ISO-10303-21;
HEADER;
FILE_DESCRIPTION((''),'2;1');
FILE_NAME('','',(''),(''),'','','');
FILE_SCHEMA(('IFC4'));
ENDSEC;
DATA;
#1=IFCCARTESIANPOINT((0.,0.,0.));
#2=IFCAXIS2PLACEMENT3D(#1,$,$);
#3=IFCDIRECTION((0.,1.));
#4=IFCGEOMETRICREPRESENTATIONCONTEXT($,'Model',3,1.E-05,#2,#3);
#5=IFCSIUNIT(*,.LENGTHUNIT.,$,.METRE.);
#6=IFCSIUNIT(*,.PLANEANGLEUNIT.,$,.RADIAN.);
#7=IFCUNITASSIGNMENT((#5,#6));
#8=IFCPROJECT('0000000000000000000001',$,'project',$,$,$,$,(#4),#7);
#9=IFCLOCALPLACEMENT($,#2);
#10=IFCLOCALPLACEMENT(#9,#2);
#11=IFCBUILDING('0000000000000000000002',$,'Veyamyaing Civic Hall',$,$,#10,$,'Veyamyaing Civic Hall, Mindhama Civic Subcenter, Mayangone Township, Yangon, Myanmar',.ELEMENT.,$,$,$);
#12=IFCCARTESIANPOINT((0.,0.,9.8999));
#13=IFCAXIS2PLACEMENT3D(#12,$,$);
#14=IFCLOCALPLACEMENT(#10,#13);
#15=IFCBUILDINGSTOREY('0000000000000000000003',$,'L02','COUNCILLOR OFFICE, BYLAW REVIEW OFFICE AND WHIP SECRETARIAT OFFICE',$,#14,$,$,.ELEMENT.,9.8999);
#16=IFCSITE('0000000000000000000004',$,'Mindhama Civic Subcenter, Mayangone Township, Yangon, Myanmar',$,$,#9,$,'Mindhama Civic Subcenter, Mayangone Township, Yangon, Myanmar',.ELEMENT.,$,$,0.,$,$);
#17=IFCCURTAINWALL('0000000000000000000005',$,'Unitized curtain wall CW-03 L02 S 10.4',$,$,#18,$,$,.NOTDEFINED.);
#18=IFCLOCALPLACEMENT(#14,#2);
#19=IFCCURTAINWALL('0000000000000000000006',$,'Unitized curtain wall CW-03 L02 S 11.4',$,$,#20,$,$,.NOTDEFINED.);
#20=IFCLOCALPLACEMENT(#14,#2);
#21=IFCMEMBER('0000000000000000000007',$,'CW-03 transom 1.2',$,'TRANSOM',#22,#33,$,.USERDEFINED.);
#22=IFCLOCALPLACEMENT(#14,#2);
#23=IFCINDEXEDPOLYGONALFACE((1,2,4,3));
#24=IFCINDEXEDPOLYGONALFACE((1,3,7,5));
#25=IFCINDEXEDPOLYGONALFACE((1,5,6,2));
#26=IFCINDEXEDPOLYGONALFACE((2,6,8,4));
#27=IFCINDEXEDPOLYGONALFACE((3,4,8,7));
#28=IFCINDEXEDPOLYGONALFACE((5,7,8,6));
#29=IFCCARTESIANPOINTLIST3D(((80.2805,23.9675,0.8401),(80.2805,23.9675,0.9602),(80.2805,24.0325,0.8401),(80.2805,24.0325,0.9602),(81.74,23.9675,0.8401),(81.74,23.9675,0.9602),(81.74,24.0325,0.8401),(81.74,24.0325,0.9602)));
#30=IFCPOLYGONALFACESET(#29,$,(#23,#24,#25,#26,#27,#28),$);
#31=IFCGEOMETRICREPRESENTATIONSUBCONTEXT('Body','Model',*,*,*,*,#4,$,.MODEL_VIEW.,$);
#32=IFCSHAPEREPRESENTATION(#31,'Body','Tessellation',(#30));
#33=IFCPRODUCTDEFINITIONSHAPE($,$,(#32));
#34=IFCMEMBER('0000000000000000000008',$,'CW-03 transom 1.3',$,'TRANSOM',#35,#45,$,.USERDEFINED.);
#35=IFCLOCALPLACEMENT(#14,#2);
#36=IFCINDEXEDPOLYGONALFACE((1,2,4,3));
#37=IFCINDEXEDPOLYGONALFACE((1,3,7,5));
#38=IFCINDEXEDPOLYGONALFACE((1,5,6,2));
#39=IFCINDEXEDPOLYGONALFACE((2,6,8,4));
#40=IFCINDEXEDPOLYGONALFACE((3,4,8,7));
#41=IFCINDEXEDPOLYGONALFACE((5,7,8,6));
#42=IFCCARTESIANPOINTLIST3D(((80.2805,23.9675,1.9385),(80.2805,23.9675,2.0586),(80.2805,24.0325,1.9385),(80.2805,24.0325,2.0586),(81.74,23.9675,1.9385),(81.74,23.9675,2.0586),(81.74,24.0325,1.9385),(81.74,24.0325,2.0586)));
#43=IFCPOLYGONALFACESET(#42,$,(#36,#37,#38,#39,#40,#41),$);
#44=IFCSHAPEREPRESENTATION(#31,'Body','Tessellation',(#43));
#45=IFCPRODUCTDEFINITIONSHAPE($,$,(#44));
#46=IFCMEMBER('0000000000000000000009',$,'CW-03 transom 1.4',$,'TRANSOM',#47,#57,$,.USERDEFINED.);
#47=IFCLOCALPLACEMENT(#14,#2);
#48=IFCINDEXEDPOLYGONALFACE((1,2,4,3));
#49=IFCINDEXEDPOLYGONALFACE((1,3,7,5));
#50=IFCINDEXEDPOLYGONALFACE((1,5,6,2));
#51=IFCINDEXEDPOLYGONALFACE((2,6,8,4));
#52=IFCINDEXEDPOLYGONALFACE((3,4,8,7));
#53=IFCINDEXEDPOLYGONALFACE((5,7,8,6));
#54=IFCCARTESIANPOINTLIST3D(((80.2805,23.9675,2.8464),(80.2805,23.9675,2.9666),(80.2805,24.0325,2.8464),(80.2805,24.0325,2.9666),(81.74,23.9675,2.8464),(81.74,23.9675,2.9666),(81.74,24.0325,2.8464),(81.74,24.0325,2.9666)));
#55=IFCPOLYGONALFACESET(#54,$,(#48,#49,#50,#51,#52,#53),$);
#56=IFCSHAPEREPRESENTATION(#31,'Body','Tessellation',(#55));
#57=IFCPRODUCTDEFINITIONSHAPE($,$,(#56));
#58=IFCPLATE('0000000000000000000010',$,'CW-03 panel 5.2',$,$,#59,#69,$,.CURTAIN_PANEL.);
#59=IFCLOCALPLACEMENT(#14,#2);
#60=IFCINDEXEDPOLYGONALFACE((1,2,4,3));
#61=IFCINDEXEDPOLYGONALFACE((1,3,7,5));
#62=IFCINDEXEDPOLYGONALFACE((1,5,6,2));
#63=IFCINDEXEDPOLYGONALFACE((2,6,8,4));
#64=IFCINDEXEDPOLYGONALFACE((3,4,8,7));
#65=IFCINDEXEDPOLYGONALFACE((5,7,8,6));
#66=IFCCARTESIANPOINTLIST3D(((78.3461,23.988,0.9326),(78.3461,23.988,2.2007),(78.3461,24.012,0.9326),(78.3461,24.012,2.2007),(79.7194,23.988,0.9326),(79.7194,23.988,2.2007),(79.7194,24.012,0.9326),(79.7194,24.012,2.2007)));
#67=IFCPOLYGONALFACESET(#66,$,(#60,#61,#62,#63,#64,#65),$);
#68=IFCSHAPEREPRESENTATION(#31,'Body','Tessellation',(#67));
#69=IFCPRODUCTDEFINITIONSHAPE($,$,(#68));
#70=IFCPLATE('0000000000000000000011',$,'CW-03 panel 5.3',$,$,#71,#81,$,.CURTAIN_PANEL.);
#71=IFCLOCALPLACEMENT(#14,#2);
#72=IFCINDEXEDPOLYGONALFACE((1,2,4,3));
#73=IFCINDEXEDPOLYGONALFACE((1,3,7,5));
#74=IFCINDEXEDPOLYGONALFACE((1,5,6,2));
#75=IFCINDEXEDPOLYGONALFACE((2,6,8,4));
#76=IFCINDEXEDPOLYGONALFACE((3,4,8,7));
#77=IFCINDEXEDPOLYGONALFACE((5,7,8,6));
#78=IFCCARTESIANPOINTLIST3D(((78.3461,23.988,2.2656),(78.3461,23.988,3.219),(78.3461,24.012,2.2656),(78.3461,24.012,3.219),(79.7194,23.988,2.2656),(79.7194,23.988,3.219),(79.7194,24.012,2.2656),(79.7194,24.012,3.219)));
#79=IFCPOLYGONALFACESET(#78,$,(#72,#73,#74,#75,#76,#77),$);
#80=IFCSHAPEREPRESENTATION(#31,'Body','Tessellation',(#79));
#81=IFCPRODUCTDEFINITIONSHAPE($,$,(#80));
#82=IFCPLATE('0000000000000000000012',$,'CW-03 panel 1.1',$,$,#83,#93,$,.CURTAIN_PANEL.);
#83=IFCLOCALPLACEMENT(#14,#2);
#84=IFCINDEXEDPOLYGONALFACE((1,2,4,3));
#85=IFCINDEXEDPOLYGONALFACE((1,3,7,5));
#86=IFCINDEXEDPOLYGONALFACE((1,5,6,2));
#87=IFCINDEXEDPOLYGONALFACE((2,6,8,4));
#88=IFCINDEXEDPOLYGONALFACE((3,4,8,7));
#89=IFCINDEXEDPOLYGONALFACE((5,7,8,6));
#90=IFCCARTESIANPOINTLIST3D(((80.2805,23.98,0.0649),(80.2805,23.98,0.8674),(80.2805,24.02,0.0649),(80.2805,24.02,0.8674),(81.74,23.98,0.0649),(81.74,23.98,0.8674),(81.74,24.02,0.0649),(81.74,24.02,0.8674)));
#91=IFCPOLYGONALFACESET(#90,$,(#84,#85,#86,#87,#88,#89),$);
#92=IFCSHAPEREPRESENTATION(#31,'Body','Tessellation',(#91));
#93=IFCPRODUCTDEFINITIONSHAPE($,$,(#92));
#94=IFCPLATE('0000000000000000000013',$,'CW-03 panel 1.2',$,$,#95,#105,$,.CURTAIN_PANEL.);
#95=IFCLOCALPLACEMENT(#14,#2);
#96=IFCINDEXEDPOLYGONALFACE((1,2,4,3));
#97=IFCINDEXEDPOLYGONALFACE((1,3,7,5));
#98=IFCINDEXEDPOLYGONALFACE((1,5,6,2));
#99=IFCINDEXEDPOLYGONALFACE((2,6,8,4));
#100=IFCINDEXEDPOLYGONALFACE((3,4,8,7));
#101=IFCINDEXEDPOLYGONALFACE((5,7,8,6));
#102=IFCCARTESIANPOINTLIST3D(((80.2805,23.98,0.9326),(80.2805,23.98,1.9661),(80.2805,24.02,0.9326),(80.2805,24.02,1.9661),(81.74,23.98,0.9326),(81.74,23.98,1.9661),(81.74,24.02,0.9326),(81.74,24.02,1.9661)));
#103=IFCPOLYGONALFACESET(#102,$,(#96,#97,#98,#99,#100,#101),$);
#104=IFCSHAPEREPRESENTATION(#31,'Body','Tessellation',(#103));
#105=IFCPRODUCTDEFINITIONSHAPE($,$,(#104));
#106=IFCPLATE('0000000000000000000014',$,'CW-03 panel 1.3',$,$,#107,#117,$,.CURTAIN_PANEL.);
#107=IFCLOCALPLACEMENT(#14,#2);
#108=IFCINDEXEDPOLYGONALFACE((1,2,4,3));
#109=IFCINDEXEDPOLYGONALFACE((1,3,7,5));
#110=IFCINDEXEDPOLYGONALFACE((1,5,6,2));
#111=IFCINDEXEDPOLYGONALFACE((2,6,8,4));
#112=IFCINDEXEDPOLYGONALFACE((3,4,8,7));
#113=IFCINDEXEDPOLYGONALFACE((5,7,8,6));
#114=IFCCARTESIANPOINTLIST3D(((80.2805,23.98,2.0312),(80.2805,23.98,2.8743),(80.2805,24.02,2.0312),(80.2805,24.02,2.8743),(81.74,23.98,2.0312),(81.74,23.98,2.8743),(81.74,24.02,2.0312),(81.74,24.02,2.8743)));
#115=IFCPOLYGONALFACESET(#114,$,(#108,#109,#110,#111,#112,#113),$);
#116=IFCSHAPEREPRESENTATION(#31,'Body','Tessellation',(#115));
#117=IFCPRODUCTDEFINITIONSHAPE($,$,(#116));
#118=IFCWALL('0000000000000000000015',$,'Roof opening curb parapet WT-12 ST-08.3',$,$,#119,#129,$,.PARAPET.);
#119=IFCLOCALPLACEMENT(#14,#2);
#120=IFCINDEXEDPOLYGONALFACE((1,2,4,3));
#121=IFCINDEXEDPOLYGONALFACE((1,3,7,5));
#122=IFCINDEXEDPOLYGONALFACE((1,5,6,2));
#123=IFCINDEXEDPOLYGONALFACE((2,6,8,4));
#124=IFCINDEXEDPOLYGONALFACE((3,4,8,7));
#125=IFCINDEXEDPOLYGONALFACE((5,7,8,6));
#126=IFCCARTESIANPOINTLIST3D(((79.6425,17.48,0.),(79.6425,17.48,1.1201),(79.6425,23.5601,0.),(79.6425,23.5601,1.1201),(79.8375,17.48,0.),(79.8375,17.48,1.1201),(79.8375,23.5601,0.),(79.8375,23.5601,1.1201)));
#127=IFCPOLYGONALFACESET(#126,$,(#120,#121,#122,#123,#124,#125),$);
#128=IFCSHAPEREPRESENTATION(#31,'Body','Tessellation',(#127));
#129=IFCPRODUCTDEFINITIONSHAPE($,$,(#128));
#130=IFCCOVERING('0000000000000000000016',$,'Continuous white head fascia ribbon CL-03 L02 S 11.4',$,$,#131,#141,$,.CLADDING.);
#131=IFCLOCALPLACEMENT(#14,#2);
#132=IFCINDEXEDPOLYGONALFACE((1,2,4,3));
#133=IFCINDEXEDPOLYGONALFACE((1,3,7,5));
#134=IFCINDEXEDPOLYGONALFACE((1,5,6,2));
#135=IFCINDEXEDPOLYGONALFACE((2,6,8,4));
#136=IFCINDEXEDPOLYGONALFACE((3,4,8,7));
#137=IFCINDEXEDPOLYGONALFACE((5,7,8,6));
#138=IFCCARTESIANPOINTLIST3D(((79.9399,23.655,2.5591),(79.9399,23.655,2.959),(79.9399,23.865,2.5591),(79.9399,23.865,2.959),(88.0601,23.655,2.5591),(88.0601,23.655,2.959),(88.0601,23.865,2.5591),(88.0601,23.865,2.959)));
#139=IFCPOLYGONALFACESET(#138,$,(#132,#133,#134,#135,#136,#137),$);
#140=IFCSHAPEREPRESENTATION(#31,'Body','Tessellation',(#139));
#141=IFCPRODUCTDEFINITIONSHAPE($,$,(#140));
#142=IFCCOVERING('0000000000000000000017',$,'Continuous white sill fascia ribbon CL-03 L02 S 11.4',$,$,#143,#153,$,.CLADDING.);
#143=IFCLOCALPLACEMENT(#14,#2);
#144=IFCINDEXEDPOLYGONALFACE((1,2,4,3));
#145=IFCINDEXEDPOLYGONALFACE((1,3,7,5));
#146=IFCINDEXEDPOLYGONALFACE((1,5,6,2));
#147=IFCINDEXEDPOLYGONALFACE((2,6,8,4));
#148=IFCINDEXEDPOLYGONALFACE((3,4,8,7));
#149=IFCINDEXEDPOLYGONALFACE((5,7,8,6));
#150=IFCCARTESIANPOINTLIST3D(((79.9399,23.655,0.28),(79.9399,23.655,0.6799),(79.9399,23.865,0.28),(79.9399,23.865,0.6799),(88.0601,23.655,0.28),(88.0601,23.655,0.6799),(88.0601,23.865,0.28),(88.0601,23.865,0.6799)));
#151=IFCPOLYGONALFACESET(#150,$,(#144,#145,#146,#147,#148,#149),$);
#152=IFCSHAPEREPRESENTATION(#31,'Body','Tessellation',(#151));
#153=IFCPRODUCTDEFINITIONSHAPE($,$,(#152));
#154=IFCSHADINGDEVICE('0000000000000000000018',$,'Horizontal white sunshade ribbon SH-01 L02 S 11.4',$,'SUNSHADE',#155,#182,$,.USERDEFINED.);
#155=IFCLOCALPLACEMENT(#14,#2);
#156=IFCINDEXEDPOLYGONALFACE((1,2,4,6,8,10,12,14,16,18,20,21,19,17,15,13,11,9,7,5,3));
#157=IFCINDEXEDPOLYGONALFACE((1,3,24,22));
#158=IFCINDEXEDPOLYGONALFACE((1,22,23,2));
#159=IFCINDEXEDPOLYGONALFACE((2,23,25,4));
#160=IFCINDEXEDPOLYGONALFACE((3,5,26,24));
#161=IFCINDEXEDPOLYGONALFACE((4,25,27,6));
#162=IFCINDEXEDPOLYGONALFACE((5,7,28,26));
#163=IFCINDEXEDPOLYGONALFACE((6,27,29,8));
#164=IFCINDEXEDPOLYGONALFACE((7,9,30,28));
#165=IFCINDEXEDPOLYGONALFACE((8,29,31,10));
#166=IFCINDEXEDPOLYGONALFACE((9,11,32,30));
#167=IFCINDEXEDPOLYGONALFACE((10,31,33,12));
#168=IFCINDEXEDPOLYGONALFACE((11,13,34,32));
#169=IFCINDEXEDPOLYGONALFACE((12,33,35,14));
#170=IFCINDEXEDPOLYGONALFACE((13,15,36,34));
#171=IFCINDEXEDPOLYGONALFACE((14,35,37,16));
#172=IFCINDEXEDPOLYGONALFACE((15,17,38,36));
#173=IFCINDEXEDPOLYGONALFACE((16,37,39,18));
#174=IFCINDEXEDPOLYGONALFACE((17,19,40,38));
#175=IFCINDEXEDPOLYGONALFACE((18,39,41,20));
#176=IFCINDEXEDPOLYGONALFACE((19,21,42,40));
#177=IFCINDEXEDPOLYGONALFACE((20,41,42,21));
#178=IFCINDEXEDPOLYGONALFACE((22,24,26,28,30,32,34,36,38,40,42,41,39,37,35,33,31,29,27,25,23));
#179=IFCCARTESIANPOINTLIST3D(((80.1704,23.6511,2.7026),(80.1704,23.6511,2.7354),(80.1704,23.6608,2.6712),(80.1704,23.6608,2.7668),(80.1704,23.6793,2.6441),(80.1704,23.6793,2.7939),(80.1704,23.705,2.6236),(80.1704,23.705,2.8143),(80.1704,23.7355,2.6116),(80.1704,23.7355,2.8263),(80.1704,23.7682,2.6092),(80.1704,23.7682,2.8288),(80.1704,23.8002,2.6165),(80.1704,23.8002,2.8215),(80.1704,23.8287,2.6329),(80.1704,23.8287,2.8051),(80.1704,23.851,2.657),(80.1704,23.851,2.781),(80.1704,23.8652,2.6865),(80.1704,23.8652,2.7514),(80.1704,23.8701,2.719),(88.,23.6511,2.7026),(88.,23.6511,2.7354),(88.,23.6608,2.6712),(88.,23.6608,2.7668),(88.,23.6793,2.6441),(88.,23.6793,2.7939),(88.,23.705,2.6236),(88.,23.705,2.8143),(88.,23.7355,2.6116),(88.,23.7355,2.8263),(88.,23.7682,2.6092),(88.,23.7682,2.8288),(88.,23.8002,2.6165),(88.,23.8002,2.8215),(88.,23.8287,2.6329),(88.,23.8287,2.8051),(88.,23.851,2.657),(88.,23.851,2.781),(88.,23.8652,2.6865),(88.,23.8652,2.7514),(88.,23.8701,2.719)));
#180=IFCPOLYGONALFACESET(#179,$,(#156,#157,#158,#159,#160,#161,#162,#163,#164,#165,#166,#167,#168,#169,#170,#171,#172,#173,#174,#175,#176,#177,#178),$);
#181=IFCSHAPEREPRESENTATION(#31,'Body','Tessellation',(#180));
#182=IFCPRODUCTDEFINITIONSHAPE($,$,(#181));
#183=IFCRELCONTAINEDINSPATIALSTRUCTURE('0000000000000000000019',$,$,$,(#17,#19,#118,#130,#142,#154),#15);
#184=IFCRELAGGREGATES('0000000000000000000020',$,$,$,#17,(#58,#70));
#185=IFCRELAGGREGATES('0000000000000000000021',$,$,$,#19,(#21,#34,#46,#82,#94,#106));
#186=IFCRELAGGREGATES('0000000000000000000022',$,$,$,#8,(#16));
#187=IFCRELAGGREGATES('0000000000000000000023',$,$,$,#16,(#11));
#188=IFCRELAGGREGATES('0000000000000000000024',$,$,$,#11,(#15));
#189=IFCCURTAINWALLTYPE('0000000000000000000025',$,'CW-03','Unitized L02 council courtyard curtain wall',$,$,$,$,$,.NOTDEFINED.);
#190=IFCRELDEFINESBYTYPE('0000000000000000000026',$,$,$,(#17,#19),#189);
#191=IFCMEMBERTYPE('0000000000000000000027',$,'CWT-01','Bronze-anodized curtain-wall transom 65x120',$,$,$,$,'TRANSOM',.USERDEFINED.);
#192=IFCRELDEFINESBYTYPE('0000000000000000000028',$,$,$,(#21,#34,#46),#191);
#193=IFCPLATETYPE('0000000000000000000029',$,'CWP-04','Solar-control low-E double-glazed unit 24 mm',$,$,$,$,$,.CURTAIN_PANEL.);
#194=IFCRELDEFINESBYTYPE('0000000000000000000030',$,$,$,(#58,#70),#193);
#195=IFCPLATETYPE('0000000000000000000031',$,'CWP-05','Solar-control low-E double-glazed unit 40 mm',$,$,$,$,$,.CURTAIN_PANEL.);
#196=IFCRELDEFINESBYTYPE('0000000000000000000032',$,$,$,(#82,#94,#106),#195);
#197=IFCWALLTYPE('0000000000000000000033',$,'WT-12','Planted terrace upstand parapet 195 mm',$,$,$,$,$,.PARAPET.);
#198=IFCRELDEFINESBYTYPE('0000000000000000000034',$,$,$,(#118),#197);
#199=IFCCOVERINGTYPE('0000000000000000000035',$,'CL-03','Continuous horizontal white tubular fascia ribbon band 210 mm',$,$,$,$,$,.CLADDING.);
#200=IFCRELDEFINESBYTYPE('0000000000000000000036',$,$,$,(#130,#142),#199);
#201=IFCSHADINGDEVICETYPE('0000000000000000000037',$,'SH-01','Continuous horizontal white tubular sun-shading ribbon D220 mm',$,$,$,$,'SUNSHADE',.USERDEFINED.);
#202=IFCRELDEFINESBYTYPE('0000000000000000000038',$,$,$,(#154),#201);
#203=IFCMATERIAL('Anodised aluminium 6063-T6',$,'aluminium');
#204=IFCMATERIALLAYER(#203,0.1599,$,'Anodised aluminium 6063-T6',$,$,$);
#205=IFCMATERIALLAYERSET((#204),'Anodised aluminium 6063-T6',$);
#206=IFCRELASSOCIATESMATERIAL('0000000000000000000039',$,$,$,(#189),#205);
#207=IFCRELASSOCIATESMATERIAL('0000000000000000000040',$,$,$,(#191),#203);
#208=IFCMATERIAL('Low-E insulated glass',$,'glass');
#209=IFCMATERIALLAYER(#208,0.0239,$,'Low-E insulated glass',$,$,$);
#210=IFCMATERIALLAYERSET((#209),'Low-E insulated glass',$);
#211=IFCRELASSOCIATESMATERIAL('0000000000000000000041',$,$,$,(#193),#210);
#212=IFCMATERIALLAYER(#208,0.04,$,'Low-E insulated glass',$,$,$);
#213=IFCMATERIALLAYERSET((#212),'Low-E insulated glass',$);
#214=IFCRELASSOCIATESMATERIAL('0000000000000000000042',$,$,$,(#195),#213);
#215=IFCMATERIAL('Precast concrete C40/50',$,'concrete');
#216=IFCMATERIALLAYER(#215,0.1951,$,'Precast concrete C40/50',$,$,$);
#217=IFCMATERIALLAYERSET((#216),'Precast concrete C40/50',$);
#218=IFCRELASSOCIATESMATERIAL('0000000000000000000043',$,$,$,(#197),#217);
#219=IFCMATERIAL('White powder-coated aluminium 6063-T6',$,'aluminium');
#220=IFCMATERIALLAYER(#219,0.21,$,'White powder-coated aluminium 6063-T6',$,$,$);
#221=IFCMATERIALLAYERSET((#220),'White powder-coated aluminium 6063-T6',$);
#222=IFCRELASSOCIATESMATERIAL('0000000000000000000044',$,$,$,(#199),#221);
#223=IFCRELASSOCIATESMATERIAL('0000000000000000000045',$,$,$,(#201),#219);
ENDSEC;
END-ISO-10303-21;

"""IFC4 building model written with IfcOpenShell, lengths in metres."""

from ifc_helpers import new_model, si_unit, direction, frame, frame_2d, origin, origin_2d, place, context, subcontext, project, spatial, rectangle, circle, extrude, material, layer, layer_set, material_profile, profile_set, type_object, element, aggregate, save


model = new_model("IFC4")

# Units and contexts
model_context = context("Model", 3, precision=1e-05, world=origin(), true_north=direction((0.0, 1.0)))
body_context = subcontext(model_context, "Body", "Model", "MODEL_VIEW")
ifc_project = project(units=[si_unit("LENGTHUNIT", "METRE"), si_unit("PLANEANGLEUNIT", "RADIAN")], contexts=[model_context])

# Site, building, storey
site_placement = place(None, origin())
site = spatial("IfcSite", under=ifc_project, at=site_placement, Name="Mindhama Civic Subcenter, Mayangone Township, Yangon, Myanmar", LongName="Mindhama Civic Subcenter, Mayangone Township, Yangon, Myanmar", CompositionType="ELEMENT", RefElevation=0.0)
building_placement = place(site_placement, origin())
building = spatial("IfcBuilding", under=site, at=building_placement, Name="Veyamyaing Civic Hall", LongName="Veyamyaing Civic Hall, Mindhama Civic Subcenter, Mayangone Township, Yangon, Myanmar", CompositionType="ELEMENT")
storey_placement = place(building_placement, frame((0.0, 0.0, 9.8999)))
storey = spatial("IfcBuildingStorey", under=building, at=storey_placement, Name="L02", Description="COUNCILLOR OFFICE, BYLAW REVIEW OFFICE AND WHIP SECRETARIAT OFFICE", CompositionType="ELEMENT", Elevation=9.8999)

# Curtain wall
ifc_material_1 = material(Name="Anodised aluminium 6063-T6", Category="aluminium")
ifc_layer_1 = layer(ifc_material_1, 0.1599, Name="Anodised aluminium 6063-T6")
ifc_layer_set_1 = layer_set([ifc_layer_1], Name="Anodised aluminium 6063-T6")
curtain_wall_type = type_object("IfcCurtainWallType", Name="CW-03", Description="Unitized L02 council courtyard curtain wall", PredefinedType="NOTDEFINED", material=ifc_layer_set_1)
curtain_wall_1_placement = place(storey_placement, origin())
curtain_wall_1 = element("IfcCurtainWall", 1, at=curtain_wall_1_placement, inside=storey, type_object=curtain_wall_type, Name="Unitized curtain wall CW-03 L02 S 10.4", PredefinedType="NOTDEFINED")

# Curtain wall, members
curtain_wall_2_placement = place(storey_placement, origin())
curtain_wall_2 = element("IfcCurtainWall", 2, at=curtain_wall_2_placement, inside=storey, type_object=curtain_wall_type, Name="Unitized curtain wall CW-03 L02 S 11.4", PredefinedType="NOTDEFINED")
ifc_material_profile_1 = material_profile(ifc_material_1, rectangle(XDim=0.0649, YDim=0.1201, at=origin_2d()), Name="ALU-TRN-65X120")
ifc_profile_set_1 = profile_set([ifc_material_profile_1], Name="Anodised aluminium 6063-T6")
member_type_1 = type_object("IfcMemberType", Name="CWT-01", Description="Bronze-anodized curtain-wall transom 65x120", ElementType="TRANSOM", PredefinedType="USERDEFINED", material=ifc_profile_set_1)
member_1_placement = place(storey_placement, frame((80.2805, 24.0, 0.9001), z_axis=(1.0, 0.0, 0.0), x_axis=(0.0, 1.0, 0.0)))
member_1 = element("IfcMember", 3, at=member_1_placement, type_object=member_type_1, Name="CW-03 transom 1.2", ObjectType="TRANSOM", PredefinedType="USERDEFINED", context=body_context, shape_type="SweptSolid", body=[
    extrude(rectangle(XDim=0.0649, YDim=0.1201, at=origin_2d()), origin(), (0.0, 0.0, 1.0), 1.4595),
])
member_2_placement = place(storey_placement, frame((80.2805, 24.0, 1.9985), z_axis=(1.0, 0.0, 0.0), x_axis=(0.0, 1.0, 0.0)))
member_2 = element("IfcMember", 4, at=member_2_placement, type_object=member_type_1, Name="CW-03 transom 1.3", ObjectType="TRANSOM", PredefinedType="USERDEFINED", context=body_context, shape_type="SweptSolid", body=[
    extrude(rectangle(XDim=0.0649, YDim=0.1201, at=origin_2d()), origin(), (0.0, 0.0, 1.0), 1.4595),
])
member_3_placement = place(storey_placement, frame((80.2805, 24.0, 2.9065), z_axis=(1.0, 0.0, 0.0), x_axis=(0.0, 1.0, 0.0)))
member_3 = element("IfcMember", 5, at=member_3_placement, type_object=member_type_1, Name="CW-03 transom 1.4", ObjectType="TRANSOM", PredefinedType="USERDEFINED", context=body_context, shape_type="SweptSolid", body=[
    extrude(rectangle(XDim=0.0649, YDim=0.1201, at=origin_2d()), origin(), (0.0, 0.0, 1.0), 1.4595),
])

# Plates
ifc_material_2 = material(Name="Low-E insulated glass", Category="glass")
ifc_layer_2 = layer(ifc_material_2, 0.0239, Name="Low-E insulated glass")
ifc_layer_set_2 = layer_set([ifc_layer_2], Name="Low-E insulated glass")
plate_type_1 = type_object("IfcPlateType", Name="CWP-04", Description="Solar-control low-E double-glazed unit 24 mm", PredefinedType="CURTAIN_PANEL", material=ifc_layer_set_2)
plate_1_placement = place(storey_placement, frame((79.0327, 24.0, 0.9326), z_axis=(0.0, 0.0, 1.0), x_axis=(1.0, 0.0, 0.0)))
plate_1 = element("IfcPlate", 6, at=plate_1_placement, type_object=plate_type_1, Name="CW-03 panel 5.2", PredefinedType="CURTAIN_PANEL", context=body_context, shape_type="SweptSolid", body=[
    extrude(rectangle(XDim=1.3733, YDim=0.0239, at=origin_2d()), origin(), (0.0, 0.0, 1.0), 1.2681),
])
plate_2_placement = place(storey_placement, frame((79.0327, 24.0, 2.2656), z_axis=(0.0, 0.0, 1.0), x_axis=(1.0, 0.0, 0.0)))
plate_2 = element("IfcPlate", 7, at=plate_2_placement, type_object=plate_type_1, Name="CW-03 panel 5.3", PredefinedType="CURTAIN_PANEL", context=body_context, shape_type="SweptSolid", body=[
    extrude(rectangle(XDim=1.3733, YDim=0.0239, at=origin_2d()), origin(), (0.0, 0.0, 1.0), 0.9534),
])
aggregate(curtain_wall_1, [plate_1, plate_2])
ifc_layer_3 = layer(ifc_material_2, 0.04, Name="Low-E insulated glass")
ifc_layer_set_3 = layer_set([ifc_layer_3], Name="Low-E insulated glass")
plate_type_2 = type_object("IfcPlateType", Name="CWP-05", Description="Solar-control low-E double-glazed unit 40 mm", PredefinedType="CURTAIN_PANEL", material=ifc_layer_set_3)
plate_3_placement = place(storey_placement, frame((81.0103, 24.0, 0.0649), z_axis=(0.0, 0.0, 1.0), x_axis=(1.0, 0.0, 0.0)))
plate_3 = element("IfcPlate", 8, at=plate_3_placement, type_object=plate_type_2, Name="CW-03 panel 1.1", PredefinedType="CURTAIN_PANEL", context=body_context, shape_type="SweptSolid", body=[
    extrude(rectangle(XDim=1.4595, YDim=0.04, at=origin_2d()), origin(), (0.0, 0.0, 1.0), 0.8025),
])
plate_4_placement = place(storey_placement, frame((81.0103, 24.0, 0.9326), z_axis=(0.0, 0.0, 1.0), x_axis=(1.0, 0.0, 0.0)))
plate_4 = element("IfcPlate", 9, at=plate_4_placement, type_object=plate_type_2, Name="CW-03 panel 1.2", PredefinedType="CURTAIN_PANEL", context=body_context, shape_type="SweptSolid", body=[
    extrude(rectangle(XDim=1.4595, YDim=0.04, at=origin_2d()), origin(), (0.0, 0.0, 1.0), 1.0334),
])
plate_5_placement = place(storey_placement, frame((81.0103, 24.0, 2.0312), z_axis=(0.0, 0.0, 1.0), x_axis=(1.0, 0.0, 0.0)))
plate_5 = element("IfcPlate", 10, at=plate_5_placement, type_object=plate_type_2, Name="CW-03 panel 1.3", PredefinedType="CURTAIN_PANEL", context=body_context, shape_type="SweptSolid", body=[
    extrude(rectangle(XDim=1.4595, YDim=0.04, at=origin_2d()), origin(), (0.0, 0.0, 1.0), 0.843),
])
aggregate(curtain_wall_2, [member_1, member_2, member_3, plate_3, plate_4, plate_5])

# Wall
ifc_material_3 = material(Name="Precast concrete C40/50", Category="concrete")
ifc_layer_4 = layer(ifc_material_3, 0.1951, Name="Precast concrete C40/50")
ifc_layer_set_4 = layer_set([ifc_layer_4], Name="Precast concrete C40/50")
wall_type = type_object("IfcWallType", Name="WT-12", Description="Planted terrace upstand parapet 195 mm", PredefinedType="PARAPET", material=ifc_layer_set_4)
wall_placement = place(storey_placement, frame((79.74, 17.48, 0.0), z_axis=(0.0, 0.0, 1.0), x_axis=(0.0, 1.0, 0.0)))
element("IfcWall", 11, at=wall_placement, inside=storey, type_object=wall_type, Name="Roof opening curb parapet WT-12 ST-08.3", PredefinedType="PARAPET", context=body_context, shape_type="SweptSolid", body=[
    extrude(rectangle(XDim=6.0801, YDim=0.1951, at=frame_2d((3.04, 0.0))), origin(), (0.0, 0.0, 1.0), 1.1201),
])

# Coverings
ifc_material_4 = material(Name="White powder-coated aluminium 6063-T6", Category="aluminium")
ifc_layer_5 = layer(ifc_material_4, 0.21, Name="White powder-coated aluminium 6063-T6")
ifc_layer_set_5 = layer_set([ifc_layer_5], Name="White powder-coated aluminium 6063-T6")
covering_type = type_object("IfcCoveringType", Name="CL-03", Description="Continuous horizontal white tubular fascia ribbon band 210 mm", PredefinedType="CLADDING", material=ifc_layer_set_5)
for number, where, z_axis, x_axis, name in (
    (12, (84.0, 23.76, 2.5591), (0.0, 0.0, 1.0), (1.0, 0.0, 0.0), "Continuous white head fascia ribbon CL-03 L02 S 11.4"),
    (13, (84.0, 23.76, 0.28), (0.0, 0.0, 1.0), (1.0, 0.0, 0.0), "Continuous white sill fascia ribbon CL-03 L02 S 11.4"),
):
    element("IfcCovering", number, at=place(storey_placement, frame(where, z_axis=z_axis, x_axis=x_axis)), inside=storey, type_object=covering_type, Name=name, PredefinedType="CLADDING", context=body_context, shape_type="SweptSolid", body=[
        extrude(rectangle(XDim=8.1201, YDim=0.21, at=origin_2d()), origin(), (0.0, 0.0, 1.0), 0.3999),
    ])

# Shading device
ifc_material_profile_2 = material_profile(ifc_material_4, circle(Radius=0.1101, at=origin_2d()), Name="SHADE-TUBE-220")
ifc_profile_set_2 = profile_set([ifc_material_profile_2], Name="White powder-coated aluminium 6063-T6")
shading_device_type = type_object("IfcShadingDeviceType", Name="SH-01", Description="Continuous horizontal white tubular sun-shading ribbon D220 mm", ElementType="SUNSHADE", PredefinedType="USERDEFINED", material=ifc_profile_set_2)
shading_device_placement = place(storey_placement, frame((80.1704, 23.76, 2.719), z_axis=(1.0, 0.0, 0.0), x_axis=(0.0, 1.0, 0.0)))
element("IfcShadingDevice", 14, at=shading_device_placement, inside=storey, type_object=shading_device_type, Name="Horizontal white sunshade ribbon SH-01 L02 S 11.4", ObjectType="SUNSHADE", PredefinedType="USERDEFINED", context=body_context, shape_type="SweptSolid", body=[
    extrude(circle(Radius=0.1101, at=origin_2d()), origin(), (0.0, 0.0, 1.0), 7.8296),
])

save(model, "model.ifc")
